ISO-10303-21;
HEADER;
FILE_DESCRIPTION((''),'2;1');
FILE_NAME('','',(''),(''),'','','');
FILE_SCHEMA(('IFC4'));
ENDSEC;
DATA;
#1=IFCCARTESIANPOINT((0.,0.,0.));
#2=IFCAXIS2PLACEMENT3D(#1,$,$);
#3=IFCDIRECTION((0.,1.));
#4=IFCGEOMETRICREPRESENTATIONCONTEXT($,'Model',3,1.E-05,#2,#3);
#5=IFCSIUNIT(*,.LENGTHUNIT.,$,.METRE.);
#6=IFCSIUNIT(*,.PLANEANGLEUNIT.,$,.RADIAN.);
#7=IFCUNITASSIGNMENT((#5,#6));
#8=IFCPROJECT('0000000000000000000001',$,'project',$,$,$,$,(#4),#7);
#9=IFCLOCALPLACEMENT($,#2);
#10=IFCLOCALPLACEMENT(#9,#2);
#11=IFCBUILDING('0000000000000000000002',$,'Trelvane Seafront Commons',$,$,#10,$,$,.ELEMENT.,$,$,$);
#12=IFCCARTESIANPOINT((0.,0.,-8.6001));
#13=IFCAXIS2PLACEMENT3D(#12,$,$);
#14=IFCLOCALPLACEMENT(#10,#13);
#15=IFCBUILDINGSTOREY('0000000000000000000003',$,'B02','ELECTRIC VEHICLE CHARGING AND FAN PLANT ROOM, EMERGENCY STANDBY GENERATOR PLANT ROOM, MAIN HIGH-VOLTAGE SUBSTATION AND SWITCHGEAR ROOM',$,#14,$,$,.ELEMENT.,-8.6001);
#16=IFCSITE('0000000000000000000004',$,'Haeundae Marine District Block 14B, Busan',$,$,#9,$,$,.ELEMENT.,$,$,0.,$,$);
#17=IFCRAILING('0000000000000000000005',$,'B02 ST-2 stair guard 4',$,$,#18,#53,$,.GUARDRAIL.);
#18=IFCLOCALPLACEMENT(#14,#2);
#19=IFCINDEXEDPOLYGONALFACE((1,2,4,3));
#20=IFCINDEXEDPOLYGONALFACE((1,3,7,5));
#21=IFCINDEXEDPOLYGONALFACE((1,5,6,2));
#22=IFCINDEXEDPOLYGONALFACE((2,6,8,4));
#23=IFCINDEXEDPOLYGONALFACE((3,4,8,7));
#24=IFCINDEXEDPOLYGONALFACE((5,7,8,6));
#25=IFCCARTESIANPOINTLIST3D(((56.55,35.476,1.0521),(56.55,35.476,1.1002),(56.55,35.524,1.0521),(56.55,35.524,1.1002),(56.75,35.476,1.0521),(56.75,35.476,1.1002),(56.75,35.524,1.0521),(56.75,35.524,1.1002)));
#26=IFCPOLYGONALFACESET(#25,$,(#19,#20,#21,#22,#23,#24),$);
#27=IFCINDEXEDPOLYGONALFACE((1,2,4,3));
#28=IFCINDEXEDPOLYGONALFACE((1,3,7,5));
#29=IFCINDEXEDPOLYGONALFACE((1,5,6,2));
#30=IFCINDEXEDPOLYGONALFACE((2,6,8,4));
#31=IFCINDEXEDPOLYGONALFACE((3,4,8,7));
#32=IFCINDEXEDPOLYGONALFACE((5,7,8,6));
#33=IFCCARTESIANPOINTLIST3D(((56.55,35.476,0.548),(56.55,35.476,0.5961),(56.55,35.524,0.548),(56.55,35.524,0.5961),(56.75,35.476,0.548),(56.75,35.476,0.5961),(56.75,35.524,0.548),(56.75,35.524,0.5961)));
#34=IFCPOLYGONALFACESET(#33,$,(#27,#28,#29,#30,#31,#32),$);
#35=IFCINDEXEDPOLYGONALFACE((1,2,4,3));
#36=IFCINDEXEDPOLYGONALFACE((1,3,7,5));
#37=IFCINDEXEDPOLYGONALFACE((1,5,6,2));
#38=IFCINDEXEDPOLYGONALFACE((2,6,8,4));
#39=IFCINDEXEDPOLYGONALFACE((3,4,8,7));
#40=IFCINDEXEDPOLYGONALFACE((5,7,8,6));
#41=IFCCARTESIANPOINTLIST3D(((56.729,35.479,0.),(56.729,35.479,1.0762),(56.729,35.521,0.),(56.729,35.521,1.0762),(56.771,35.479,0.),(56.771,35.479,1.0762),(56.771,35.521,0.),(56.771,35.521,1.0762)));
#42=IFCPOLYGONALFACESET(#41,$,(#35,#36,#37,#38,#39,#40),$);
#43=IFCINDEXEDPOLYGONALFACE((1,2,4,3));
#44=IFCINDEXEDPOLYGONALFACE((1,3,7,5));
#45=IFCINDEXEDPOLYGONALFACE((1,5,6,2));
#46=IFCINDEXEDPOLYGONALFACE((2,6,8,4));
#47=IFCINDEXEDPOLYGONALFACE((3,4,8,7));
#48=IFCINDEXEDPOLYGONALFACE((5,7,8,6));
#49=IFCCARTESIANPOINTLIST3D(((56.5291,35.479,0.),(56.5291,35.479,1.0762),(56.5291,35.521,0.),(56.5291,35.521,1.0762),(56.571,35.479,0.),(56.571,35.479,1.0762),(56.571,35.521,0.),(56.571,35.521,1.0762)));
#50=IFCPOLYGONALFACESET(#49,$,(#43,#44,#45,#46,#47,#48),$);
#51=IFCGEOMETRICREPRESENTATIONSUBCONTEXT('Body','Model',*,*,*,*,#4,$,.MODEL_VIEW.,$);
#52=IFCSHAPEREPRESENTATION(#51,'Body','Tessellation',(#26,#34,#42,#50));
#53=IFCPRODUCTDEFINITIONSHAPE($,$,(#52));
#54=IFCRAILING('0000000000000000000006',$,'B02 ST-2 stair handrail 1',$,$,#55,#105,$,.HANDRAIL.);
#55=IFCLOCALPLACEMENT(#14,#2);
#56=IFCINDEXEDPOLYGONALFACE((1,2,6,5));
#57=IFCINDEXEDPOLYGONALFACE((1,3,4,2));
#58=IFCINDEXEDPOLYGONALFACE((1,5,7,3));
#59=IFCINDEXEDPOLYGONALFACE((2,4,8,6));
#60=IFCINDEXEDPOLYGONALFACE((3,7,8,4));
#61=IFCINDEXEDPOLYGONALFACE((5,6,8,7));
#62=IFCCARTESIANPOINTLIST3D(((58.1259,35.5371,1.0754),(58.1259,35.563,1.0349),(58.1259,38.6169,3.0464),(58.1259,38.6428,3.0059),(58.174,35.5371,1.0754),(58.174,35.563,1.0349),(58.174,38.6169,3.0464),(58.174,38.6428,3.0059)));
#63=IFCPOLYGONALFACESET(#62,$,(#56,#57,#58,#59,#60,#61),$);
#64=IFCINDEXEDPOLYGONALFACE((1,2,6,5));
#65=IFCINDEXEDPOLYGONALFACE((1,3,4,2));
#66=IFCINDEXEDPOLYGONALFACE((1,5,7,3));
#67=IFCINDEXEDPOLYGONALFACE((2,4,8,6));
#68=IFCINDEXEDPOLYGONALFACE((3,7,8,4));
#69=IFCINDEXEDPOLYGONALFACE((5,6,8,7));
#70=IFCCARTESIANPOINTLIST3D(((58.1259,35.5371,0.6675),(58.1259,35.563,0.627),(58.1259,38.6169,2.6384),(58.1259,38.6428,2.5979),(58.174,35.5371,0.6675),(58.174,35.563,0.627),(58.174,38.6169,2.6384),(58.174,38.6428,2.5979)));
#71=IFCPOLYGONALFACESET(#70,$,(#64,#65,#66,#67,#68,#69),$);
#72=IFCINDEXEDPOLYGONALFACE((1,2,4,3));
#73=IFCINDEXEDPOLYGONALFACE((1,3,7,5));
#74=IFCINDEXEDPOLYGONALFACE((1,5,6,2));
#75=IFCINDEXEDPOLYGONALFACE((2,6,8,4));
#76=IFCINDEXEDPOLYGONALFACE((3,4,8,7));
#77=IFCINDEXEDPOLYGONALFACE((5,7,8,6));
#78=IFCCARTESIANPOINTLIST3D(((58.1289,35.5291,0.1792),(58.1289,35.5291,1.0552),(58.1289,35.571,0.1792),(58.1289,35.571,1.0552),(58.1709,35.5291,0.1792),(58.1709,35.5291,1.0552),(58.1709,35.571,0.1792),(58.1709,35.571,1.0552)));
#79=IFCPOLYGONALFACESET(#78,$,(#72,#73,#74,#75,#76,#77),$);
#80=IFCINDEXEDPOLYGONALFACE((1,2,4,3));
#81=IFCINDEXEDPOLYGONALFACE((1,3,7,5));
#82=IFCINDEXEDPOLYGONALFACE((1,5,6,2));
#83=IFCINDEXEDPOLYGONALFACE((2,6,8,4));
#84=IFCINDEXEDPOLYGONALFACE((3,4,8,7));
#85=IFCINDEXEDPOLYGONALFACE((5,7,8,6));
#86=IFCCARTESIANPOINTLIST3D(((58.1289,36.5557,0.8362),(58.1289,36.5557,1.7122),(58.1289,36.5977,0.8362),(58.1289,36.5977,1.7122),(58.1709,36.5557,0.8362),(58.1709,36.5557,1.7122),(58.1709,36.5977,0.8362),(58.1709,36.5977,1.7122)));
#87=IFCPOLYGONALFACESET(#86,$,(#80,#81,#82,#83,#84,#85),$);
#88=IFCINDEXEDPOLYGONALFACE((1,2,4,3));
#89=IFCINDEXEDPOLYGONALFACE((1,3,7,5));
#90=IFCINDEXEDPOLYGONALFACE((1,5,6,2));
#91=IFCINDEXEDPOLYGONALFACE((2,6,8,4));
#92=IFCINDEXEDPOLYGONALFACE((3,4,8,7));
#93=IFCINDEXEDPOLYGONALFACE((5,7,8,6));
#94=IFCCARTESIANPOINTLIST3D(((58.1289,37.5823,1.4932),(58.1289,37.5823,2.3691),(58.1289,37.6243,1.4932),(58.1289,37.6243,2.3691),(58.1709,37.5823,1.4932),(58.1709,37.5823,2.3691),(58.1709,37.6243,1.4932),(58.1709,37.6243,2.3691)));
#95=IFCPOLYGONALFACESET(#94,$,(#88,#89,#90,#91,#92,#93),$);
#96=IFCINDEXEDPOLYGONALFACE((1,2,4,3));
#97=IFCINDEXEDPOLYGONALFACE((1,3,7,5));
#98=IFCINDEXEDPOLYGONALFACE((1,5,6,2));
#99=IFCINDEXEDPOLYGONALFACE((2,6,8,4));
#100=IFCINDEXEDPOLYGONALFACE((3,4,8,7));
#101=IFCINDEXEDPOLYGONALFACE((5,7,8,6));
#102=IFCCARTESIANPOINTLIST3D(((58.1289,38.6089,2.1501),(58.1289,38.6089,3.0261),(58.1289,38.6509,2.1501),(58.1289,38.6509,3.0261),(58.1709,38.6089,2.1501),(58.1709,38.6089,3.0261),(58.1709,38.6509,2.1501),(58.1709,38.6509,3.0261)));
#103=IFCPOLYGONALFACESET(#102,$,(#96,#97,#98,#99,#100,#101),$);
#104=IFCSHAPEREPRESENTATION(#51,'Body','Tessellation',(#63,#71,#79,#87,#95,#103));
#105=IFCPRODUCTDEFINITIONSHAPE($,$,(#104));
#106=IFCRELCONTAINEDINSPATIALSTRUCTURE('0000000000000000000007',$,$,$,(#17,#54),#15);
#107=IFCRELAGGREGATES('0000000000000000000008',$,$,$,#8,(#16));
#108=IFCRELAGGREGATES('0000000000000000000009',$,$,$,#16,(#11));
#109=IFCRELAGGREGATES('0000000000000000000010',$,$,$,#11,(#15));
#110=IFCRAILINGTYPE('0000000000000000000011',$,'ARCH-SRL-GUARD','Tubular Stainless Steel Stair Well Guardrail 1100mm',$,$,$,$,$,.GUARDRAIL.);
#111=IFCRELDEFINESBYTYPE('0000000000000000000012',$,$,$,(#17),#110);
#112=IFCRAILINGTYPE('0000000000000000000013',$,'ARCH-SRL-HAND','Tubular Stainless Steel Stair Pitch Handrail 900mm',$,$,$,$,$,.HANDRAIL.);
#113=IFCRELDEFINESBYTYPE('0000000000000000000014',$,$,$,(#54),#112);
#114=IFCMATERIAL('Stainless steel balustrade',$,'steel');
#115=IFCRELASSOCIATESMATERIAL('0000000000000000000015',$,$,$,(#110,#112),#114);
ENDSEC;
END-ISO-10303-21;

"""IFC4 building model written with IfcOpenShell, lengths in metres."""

from ifc_helpers import new_model, si_unit, direction, frame, origin, origin_2d, place, context, subcontext, project, spatial, rectangle, extrude, material, type_object, element, save


model = new_model("IFC4")

# Units and contexts
model_context = context("Model", 3, precision=1e-05, world=origin(), true_north=direction((0.0, 1.0)))
body_context = subcontext(model_context, "Body", "Model", "MODEL_VIEW")
ifc_project = project(units=[si_unit("LENGTHUNIT", "METRE"), si_unit("PLANEANGLEUNIT", "RADIAN")], contexts=[model_context])

# Site, building, storey
site_placement = place(None, origin())
site = spatial("IfcSite", under=ifc_project, at=site_placement, Name="Haeundae Marine District Block 14B, Busan", CompositionType="ELEMENT", RefElevation=0.0)
building_placement = place(site_placement, origin())
building = spatial("IfcBuilding", under=site, at=building_placement, Name="Trelvane Seafront Commons", CompositionType="ELEMENT")
storey_placement = place(building_placement, frame((0.0, 0.0, -8.6001)))
storey = spatial("IfcBuildingStorey", under=building, at=storey_placement, Name="B02", Description="ELECTRIC VEHICLE CHARGING AND FAN PLANT ROOM, EMERGENCY STANDBY GENERATOR PLANT ROOM, MAIN HIGH-VOLTAGE SUBSTATION AND SWITCHGEAR ROOM", CompositionType="ELEMENT", Elevation=-8.6001)

# Railings
ifc_material_1 = material(Name="Stainless steel balustrade", Category="steel")
railing_type_1 = type_object("IfcRailingType", Name="ARCH-SRL-GUARD", Description="Tubular Stainless Steel Stair Well Guardrail 1100mm", PredefinedType="GUARDRAIL", material=ifc_material_1)
railing_1_placement = place(storey_placement, frame((56.75, 35.5, 0.0)))
element("IfcRailing", 1, at=railing_1_placement, inside=storey, type_object=railing_type_1, Name="B02 ST-2 stair guard 4", PredefinedType="GUARDRAIL", context=body_context, shape_type="SweptSolid", body=[
    extrude(rectangle(XDim=0.0481, YDim=0.0481, at=origin_2d()), frame((0.0, 0.0, 1.0762), z_axis=(-1.0, 0.0, 0.0), x_axis=(0.0, -1.0, 0.0)), (0.0, 0.0, 1.0), 0.2),
    extrude(rectangle(XDim=0.0481, YDim=0.0481, at=origin_2d()), frame((0.0, 0.0, 0.572), z_axis=(-1.0, 0.0, 0.0), x_axis=(0.0, -1.0, 0.0)), (0.0, 0.0, 1.0), 0.2),
    extrude(rectangle(XDim=0.042, YDim=0.042, at=origin_2d()), origin(), (0.0, 0.0, 1.0), 1.0762),
    extrude(rectangle(XDim=0.042, YDim=0.042, at=origin_2d()), frame((-0.2, 0.0, 0.0)), (0.0, 0.0, 1.0), 1.0762),
])
railing_type_2 = type_object("IfcRailingType", Name="ARCH-SRL-HAND", Description="Tubular Stainless Steel Stair Pitch Handrail 900mm", PredefinedType="HANDRAIL", material=ifc_material_1)
railing_2_placement = place(storey_placement, frame((58.1499, 35.55, 0.1792)))
element("IfcRailing", 2, at=railing_2_placement, inside=storey, type_object=railing_type_2, Name="B02 ST-2 stair handrail 1", PredefinedType="HANDRAIL", context=body_context, shape_type="SweptSolid", body=[
    extrude(rectangle(XDim=0.0481, YDim=0.0481, at=origin_2d()), frame((0.0, 0.0, 0.876), z_axis=(0.0, 0.84229, 0.539025), x_axis=(-1.0, 0.0, 0.0)), (0.0, 0.0, 1.0), 3.6565),
    extrude(rectangle(XDim=0.0481, YDim=0.0481, at=origin_2d()), frame((0.0, 0.0, 0.468), z_axis=(0.0, 0.84229, 0.539025), x_axis=(-1.0, 0.0, 0.0)), (0.0, 0.0, 1.0), 3.6565),
    extrude(rectangle(XDim=0.042, YDim=0.042, at=origin_2d()), origin(), (0.0, 0.0, 1.0), 0.876),
    extrude(rectangle(XDim=0.042, YDim=0.042, at=origin_2d()), frame((0.0, 1.0266, 0.657)), (0.0, 0.0, 1.0), 0.876),
    extrude(rectangle(XDim=0.042, YDim=0.042, at=origin_2d()), frame((0.0, 2.0532, 1.314)), (0.0, 0.0, 1.0), 0.876),
    extrude(rectangle(XDim=0.042, YDim=0.042, at=origin_2d()), frame((0.0, 3.0798, 1.9709)), (0.0, 0.0, 1.0), 0.876),
])

save(model, "model.ifc")
